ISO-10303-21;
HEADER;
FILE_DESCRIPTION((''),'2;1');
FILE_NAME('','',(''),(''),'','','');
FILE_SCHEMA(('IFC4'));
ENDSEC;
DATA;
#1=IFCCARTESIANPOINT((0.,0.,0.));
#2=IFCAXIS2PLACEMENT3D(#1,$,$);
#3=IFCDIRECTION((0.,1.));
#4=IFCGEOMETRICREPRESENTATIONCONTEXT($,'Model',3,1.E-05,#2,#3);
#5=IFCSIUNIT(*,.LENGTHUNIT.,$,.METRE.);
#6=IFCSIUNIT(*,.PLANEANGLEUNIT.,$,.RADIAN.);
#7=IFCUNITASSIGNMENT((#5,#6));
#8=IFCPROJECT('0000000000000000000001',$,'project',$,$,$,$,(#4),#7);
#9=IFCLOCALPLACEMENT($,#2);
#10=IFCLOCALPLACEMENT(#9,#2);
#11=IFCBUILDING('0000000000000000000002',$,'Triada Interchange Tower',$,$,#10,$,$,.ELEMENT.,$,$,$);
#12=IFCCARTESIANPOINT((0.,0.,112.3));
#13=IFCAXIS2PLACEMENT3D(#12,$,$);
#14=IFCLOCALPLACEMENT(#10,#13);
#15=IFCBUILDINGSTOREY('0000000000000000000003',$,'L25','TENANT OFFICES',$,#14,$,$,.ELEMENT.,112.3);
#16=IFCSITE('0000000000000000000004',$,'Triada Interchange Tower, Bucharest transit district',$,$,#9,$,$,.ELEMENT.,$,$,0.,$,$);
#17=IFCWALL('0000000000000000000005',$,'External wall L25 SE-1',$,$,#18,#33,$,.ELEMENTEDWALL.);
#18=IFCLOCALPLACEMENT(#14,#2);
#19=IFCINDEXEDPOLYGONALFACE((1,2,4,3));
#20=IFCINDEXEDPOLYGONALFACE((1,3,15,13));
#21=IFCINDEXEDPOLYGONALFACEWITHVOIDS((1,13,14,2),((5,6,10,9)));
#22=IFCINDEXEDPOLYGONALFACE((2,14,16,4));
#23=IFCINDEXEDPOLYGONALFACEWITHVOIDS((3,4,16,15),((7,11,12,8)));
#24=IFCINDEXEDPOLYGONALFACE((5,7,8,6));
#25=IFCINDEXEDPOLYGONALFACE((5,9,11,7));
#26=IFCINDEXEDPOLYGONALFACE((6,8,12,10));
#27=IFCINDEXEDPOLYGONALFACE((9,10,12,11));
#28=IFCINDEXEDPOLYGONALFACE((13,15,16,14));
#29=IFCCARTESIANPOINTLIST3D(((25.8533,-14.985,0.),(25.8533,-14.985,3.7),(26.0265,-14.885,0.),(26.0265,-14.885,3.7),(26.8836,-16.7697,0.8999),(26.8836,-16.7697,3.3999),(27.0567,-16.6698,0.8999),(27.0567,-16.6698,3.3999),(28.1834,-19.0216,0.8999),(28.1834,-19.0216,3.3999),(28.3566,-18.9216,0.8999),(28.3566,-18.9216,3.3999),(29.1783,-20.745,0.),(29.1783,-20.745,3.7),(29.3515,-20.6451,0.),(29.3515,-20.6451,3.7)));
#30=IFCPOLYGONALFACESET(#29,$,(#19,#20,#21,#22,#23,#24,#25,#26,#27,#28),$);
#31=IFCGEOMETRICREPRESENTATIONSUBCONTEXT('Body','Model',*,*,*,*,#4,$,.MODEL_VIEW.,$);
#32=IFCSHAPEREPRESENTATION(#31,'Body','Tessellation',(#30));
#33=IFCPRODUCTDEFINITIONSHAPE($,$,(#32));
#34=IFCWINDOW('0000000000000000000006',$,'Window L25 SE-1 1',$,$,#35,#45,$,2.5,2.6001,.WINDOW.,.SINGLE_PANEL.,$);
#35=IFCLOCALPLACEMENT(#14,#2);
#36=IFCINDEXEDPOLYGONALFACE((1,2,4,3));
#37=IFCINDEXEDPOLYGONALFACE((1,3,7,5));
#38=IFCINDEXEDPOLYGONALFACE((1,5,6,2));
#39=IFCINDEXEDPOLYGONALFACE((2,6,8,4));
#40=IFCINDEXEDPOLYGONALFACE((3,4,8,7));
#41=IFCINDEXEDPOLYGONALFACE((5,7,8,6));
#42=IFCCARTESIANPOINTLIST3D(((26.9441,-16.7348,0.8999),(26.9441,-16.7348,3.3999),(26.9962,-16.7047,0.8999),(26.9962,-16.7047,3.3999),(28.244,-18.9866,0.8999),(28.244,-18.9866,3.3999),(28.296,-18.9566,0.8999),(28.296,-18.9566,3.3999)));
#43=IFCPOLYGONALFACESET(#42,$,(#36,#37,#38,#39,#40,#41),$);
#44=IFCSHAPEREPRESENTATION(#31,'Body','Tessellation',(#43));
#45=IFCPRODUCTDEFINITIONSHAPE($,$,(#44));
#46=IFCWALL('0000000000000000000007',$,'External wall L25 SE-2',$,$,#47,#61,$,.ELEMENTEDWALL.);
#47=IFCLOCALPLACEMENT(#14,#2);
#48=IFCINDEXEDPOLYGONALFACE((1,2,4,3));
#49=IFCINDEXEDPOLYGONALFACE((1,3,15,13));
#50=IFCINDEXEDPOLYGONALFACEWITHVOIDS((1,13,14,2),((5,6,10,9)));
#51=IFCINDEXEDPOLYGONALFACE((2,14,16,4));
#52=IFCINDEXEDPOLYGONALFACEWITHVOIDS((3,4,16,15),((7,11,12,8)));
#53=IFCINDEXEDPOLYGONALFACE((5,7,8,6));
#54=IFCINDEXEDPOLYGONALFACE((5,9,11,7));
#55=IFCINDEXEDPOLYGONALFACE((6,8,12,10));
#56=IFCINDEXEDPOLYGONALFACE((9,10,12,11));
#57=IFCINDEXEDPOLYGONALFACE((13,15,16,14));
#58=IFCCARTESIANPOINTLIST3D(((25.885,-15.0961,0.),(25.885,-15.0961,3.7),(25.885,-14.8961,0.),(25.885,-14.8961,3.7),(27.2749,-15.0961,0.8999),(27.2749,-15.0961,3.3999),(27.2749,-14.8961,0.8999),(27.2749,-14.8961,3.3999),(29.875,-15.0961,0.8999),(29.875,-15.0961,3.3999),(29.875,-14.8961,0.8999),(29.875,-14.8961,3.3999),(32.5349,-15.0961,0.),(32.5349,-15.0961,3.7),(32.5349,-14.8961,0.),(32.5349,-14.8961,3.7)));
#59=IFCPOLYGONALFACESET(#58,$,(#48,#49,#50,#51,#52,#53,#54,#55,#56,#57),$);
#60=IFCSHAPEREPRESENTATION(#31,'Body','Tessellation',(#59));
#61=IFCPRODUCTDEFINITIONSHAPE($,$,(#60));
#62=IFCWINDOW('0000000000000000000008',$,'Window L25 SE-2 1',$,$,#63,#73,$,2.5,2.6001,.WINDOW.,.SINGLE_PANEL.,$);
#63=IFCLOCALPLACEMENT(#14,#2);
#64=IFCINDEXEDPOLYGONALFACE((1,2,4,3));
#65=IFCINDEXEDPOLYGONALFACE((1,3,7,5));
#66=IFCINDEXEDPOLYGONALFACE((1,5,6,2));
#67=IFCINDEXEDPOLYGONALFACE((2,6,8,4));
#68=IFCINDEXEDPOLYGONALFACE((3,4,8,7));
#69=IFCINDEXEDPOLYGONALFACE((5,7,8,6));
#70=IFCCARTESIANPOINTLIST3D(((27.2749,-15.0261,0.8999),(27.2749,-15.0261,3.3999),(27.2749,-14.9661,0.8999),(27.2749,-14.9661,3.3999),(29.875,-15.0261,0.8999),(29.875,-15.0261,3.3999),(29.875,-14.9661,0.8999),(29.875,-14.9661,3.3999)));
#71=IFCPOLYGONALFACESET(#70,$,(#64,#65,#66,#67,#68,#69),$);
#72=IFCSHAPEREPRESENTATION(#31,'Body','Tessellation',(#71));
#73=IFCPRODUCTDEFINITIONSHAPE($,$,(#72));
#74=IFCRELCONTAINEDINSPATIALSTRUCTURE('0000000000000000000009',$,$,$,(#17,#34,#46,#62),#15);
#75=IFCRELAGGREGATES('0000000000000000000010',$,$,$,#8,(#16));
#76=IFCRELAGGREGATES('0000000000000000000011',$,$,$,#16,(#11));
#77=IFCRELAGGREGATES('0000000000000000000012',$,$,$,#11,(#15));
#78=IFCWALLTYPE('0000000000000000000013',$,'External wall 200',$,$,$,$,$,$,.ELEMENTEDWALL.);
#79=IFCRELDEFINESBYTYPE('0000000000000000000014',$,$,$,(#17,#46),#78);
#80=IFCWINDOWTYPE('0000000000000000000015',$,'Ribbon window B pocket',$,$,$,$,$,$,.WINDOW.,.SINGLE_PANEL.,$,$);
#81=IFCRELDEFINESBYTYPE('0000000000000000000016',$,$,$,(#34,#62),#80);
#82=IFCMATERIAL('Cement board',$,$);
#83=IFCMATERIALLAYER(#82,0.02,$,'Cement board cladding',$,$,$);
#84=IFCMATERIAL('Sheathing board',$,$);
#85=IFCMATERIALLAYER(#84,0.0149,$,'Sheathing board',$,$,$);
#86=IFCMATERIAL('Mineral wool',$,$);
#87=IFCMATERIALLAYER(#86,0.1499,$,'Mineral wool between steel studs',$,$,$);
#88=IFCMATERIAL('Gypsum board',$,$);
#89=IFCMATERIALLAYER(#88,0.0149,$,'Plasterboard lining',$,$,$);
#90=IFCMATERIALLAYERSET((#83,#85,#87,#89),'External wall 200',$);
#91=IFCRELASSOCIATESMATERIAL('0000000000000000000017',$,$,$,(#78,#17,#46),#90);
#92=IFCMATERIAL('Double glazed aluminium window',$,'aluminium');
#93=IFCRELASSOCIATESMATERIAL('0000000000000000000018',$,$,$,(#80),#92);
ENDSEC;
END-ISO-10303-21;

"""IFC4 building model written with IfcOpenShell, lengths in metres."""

from ifc_helpers import new_model, si_unit, direction, frame, frame_2d, origin, place, context, subcontext, project, spatial, rectangle, extrude, material, layer, layer_set, layer_usage, type_object, element, fill, save


model = new_model("IFC4")

# Units and contexts
model_context = context("Model", 3, precision=1e-05, world=origin(), true_north=direction((0.0, 1.0)))
body_context = subcontext(model_context, "Body", "Model", "MODEL_VIEW")
ifc_project = project(units=[si_unit("LENGTHUNIT", "METRE"), si_unit("PLANEANGLEUNIT", "RADIAN")], contexts=[model_context])

# Site, building, storey
site_placement = place(None, origin())
site = spatial("IfcSite", under=ifc_project, at=site_placement, Name="Triada Interchange Tower, Bucharest transit district", CompositionType="ELEMENT", RefElevation=0.0)
building_placement = place(site_placement, origin())
building = spatial("IfcBuilding", under=site, at=building_placement, Name="Triada Interchange Tower", CompositionType="ELEMENT")
storey_placement = place(building_placement, frame((0.0, 0.0, 112.3)))
storey = spatial("IfcBuildingStorey", under=building, at=storey_placement, Name="L25", Description="TENANT OFFICES", CompositionType="ELEMENT", Elevation=112.3)

# Walls, openings, windows
ifc_material_1 = material(Name="Cement board")
ifc_layer_1 = layer(ifc_material_1, 0.02, Name="Cement board cladding")
ifc_material_2 = material(Name="Sheathing board")
ifc_layer_2 = layer(ifc_material_2, 0.0149, Name="Sheathing board")
ifc_material_3 = material(Name="Mineral wool")
ifc_layer_3 = layer(ifc_material_3, 0.1499, Name="Mineral wool between steel studs")
ifc_material_4 = material(Name="Gypsum board")
ifc_layer_4 = layer(ifc_material_4, 0.0149, Name="Plasterboard lining")
ifc_layer_set_1 = layer_set([ifc_layer_1, ifc_layer_2, ifc_layer_3, ifc_layer_4], Name="External wall 200")
ifc_layer_usage = layer_usage(ifc_layer_set_1, "AXIS2", "POSITIVE", -0.1001)
wall_type = type_object("IfcWallType", Name="External wall 200", PredefinedType="ELEMENTEDWALL", material=ifc_layer_set_1)
wall_1_placement = place(storey_placement, frame((29.2649, -20.6951, 0.0), z_axis=(0.0, 0.0, 1.0), x_axis=(-0.499933, 0.866064, 0.0)))
wall_1 = element("IfcWall", 1, at=wall_1_placement, inside=storey, type_object=wall_type, material=ifc_layer_usage, Name="External wall L25 SE-1", PredefinedType="ELEMENTEDWALL", context=body_context, shape_type="SweptSolid", body=[
    extrude(rectangle(XDim=6.6509, YDim=0.2, at=frame_2d((3.3254, 0.0))), origin(), (0.0, 0.0, 1.0), 3.7),
])
opening_1_placement = place(wall_1_placement, frame((1.99, 0.0, 0.8999)))
opening_1 = element("IfcOpeningElement", 2, at=opening_1_placement, cuts=wall_1, PredefinedType="OPENING", context=body_context, shape_type="SweptSolid", body=[
    extrude(rectangle(XDim=2.6001, YDim=2.5, at=frame_2d((1.3, 1.25))), frame((0.0, 0.1099, 0.0), z_axis=(0.0, -1.0, 0.0), x_axis=(1.0, 0.0, 0.0)), (0.0, 0.0, 1.0), 0.22),
])
ifc_material_5 = material(Name="Double glazed aluminium window", Category="aluminium")
window_type_1 = type_object("IfcWindowType", Name="Ribbon window B pocket", PartitioningType="SINGLE_PANEL", PredefinedType="WINDOW", material=ifc_material_5)
window_1_placement = place(opening_1_placement, origin())
window_1 = element("IfcWindow", 3, at=window_1_placement, inside=storey, type_object=window_type_1, Name="Window L25 SE-1 1", OverallHeight=2.5, OverallWidth=2.6001, PartitioningType="SINGLE_PANEL", PredefinedType="WINDOW", context=body_context, shape_type="SweptSolid", body=[
    extrude(rectangle(XDim=2.6001, YDim=2.5, at=frame_2d((1.3, 1.25))), frame((0.0, 0.03, 0.0), z_axis=(0.0, -1.0, 0.0), x_axis=(1.0, 0.0, 0.0)), (0.0, 0.0, 1.0), 0.0601),
])
fill(opening_1, window_1)
wall_2_placement = place(storey_placement, frame((25.885, -14.9961, 0.0), z_axis=(0.0, 0.0, 1.0), x_axis=(1.0, 0.0, 0.0)))
wall_2 = element("IfcWall", 4, at=wall_2_placement, inside=storey, type_object=wall_type, material=ifc_layer_usage, Name="External wall L25 SE-2", PredefinedType="ELEMENTEDWALL", context=body_context, shape_type="SweptSolid", body=[
    extrude(rectangle(XDim=6.6499, YDim=0.2, at=frame_2d((3.325, 0.0))), origin(), (0.0, 0.0, 1.0), 3.7),
])
opening_2_placement = place(wall_2_placement, frame((1.3899, 0.0, 0.8999)))
opening_2 = element("IfcOpeningElement", 5, at=opening_2_placement, cuts=wall_2, PredefinedType="OPENING", context=body_context, shape_type="SweptSolid", body=[
    extrude(rectangle(XDim=2.6001, YDim=2.5, at=frame_2d((1.3, 1.25))), frame((0.0, 0.1099, 0.0), z_axis=(0.0, -1.0, 0.0), x_axis=(1.0, 0.0, 0.0)), (0.0, 0.0, 1.0), 0.22),
])
window_2_placement = place(opening_2_placement, origin())
window_2 = element("IfcWindow", 6, at=window_2_placement, inside=storey, type_object=window_type_1, Name="Window L25 SE-2 1", OverallHeight=2.5, OverallWidth=2.6001, PartitioningType="SINGLE_PANEL", PredefinedType="WINDOW", context=body_context, shape_type="SweptSolid", body=[
    extrude(rectangle(XDim=2.6001, YDim=2.5, at=frame_2d((1.3, 1.25))), frame((0.0, 0.03, 0.0), z_axis=(0.0, -1.0, 0.0), x_axis=(1.0, 0.0, 0.0)), (0.0, 0.0, 1.0), 0.0601),
])
fill(opening_2, window_2)

save(model, "model.ifc")
